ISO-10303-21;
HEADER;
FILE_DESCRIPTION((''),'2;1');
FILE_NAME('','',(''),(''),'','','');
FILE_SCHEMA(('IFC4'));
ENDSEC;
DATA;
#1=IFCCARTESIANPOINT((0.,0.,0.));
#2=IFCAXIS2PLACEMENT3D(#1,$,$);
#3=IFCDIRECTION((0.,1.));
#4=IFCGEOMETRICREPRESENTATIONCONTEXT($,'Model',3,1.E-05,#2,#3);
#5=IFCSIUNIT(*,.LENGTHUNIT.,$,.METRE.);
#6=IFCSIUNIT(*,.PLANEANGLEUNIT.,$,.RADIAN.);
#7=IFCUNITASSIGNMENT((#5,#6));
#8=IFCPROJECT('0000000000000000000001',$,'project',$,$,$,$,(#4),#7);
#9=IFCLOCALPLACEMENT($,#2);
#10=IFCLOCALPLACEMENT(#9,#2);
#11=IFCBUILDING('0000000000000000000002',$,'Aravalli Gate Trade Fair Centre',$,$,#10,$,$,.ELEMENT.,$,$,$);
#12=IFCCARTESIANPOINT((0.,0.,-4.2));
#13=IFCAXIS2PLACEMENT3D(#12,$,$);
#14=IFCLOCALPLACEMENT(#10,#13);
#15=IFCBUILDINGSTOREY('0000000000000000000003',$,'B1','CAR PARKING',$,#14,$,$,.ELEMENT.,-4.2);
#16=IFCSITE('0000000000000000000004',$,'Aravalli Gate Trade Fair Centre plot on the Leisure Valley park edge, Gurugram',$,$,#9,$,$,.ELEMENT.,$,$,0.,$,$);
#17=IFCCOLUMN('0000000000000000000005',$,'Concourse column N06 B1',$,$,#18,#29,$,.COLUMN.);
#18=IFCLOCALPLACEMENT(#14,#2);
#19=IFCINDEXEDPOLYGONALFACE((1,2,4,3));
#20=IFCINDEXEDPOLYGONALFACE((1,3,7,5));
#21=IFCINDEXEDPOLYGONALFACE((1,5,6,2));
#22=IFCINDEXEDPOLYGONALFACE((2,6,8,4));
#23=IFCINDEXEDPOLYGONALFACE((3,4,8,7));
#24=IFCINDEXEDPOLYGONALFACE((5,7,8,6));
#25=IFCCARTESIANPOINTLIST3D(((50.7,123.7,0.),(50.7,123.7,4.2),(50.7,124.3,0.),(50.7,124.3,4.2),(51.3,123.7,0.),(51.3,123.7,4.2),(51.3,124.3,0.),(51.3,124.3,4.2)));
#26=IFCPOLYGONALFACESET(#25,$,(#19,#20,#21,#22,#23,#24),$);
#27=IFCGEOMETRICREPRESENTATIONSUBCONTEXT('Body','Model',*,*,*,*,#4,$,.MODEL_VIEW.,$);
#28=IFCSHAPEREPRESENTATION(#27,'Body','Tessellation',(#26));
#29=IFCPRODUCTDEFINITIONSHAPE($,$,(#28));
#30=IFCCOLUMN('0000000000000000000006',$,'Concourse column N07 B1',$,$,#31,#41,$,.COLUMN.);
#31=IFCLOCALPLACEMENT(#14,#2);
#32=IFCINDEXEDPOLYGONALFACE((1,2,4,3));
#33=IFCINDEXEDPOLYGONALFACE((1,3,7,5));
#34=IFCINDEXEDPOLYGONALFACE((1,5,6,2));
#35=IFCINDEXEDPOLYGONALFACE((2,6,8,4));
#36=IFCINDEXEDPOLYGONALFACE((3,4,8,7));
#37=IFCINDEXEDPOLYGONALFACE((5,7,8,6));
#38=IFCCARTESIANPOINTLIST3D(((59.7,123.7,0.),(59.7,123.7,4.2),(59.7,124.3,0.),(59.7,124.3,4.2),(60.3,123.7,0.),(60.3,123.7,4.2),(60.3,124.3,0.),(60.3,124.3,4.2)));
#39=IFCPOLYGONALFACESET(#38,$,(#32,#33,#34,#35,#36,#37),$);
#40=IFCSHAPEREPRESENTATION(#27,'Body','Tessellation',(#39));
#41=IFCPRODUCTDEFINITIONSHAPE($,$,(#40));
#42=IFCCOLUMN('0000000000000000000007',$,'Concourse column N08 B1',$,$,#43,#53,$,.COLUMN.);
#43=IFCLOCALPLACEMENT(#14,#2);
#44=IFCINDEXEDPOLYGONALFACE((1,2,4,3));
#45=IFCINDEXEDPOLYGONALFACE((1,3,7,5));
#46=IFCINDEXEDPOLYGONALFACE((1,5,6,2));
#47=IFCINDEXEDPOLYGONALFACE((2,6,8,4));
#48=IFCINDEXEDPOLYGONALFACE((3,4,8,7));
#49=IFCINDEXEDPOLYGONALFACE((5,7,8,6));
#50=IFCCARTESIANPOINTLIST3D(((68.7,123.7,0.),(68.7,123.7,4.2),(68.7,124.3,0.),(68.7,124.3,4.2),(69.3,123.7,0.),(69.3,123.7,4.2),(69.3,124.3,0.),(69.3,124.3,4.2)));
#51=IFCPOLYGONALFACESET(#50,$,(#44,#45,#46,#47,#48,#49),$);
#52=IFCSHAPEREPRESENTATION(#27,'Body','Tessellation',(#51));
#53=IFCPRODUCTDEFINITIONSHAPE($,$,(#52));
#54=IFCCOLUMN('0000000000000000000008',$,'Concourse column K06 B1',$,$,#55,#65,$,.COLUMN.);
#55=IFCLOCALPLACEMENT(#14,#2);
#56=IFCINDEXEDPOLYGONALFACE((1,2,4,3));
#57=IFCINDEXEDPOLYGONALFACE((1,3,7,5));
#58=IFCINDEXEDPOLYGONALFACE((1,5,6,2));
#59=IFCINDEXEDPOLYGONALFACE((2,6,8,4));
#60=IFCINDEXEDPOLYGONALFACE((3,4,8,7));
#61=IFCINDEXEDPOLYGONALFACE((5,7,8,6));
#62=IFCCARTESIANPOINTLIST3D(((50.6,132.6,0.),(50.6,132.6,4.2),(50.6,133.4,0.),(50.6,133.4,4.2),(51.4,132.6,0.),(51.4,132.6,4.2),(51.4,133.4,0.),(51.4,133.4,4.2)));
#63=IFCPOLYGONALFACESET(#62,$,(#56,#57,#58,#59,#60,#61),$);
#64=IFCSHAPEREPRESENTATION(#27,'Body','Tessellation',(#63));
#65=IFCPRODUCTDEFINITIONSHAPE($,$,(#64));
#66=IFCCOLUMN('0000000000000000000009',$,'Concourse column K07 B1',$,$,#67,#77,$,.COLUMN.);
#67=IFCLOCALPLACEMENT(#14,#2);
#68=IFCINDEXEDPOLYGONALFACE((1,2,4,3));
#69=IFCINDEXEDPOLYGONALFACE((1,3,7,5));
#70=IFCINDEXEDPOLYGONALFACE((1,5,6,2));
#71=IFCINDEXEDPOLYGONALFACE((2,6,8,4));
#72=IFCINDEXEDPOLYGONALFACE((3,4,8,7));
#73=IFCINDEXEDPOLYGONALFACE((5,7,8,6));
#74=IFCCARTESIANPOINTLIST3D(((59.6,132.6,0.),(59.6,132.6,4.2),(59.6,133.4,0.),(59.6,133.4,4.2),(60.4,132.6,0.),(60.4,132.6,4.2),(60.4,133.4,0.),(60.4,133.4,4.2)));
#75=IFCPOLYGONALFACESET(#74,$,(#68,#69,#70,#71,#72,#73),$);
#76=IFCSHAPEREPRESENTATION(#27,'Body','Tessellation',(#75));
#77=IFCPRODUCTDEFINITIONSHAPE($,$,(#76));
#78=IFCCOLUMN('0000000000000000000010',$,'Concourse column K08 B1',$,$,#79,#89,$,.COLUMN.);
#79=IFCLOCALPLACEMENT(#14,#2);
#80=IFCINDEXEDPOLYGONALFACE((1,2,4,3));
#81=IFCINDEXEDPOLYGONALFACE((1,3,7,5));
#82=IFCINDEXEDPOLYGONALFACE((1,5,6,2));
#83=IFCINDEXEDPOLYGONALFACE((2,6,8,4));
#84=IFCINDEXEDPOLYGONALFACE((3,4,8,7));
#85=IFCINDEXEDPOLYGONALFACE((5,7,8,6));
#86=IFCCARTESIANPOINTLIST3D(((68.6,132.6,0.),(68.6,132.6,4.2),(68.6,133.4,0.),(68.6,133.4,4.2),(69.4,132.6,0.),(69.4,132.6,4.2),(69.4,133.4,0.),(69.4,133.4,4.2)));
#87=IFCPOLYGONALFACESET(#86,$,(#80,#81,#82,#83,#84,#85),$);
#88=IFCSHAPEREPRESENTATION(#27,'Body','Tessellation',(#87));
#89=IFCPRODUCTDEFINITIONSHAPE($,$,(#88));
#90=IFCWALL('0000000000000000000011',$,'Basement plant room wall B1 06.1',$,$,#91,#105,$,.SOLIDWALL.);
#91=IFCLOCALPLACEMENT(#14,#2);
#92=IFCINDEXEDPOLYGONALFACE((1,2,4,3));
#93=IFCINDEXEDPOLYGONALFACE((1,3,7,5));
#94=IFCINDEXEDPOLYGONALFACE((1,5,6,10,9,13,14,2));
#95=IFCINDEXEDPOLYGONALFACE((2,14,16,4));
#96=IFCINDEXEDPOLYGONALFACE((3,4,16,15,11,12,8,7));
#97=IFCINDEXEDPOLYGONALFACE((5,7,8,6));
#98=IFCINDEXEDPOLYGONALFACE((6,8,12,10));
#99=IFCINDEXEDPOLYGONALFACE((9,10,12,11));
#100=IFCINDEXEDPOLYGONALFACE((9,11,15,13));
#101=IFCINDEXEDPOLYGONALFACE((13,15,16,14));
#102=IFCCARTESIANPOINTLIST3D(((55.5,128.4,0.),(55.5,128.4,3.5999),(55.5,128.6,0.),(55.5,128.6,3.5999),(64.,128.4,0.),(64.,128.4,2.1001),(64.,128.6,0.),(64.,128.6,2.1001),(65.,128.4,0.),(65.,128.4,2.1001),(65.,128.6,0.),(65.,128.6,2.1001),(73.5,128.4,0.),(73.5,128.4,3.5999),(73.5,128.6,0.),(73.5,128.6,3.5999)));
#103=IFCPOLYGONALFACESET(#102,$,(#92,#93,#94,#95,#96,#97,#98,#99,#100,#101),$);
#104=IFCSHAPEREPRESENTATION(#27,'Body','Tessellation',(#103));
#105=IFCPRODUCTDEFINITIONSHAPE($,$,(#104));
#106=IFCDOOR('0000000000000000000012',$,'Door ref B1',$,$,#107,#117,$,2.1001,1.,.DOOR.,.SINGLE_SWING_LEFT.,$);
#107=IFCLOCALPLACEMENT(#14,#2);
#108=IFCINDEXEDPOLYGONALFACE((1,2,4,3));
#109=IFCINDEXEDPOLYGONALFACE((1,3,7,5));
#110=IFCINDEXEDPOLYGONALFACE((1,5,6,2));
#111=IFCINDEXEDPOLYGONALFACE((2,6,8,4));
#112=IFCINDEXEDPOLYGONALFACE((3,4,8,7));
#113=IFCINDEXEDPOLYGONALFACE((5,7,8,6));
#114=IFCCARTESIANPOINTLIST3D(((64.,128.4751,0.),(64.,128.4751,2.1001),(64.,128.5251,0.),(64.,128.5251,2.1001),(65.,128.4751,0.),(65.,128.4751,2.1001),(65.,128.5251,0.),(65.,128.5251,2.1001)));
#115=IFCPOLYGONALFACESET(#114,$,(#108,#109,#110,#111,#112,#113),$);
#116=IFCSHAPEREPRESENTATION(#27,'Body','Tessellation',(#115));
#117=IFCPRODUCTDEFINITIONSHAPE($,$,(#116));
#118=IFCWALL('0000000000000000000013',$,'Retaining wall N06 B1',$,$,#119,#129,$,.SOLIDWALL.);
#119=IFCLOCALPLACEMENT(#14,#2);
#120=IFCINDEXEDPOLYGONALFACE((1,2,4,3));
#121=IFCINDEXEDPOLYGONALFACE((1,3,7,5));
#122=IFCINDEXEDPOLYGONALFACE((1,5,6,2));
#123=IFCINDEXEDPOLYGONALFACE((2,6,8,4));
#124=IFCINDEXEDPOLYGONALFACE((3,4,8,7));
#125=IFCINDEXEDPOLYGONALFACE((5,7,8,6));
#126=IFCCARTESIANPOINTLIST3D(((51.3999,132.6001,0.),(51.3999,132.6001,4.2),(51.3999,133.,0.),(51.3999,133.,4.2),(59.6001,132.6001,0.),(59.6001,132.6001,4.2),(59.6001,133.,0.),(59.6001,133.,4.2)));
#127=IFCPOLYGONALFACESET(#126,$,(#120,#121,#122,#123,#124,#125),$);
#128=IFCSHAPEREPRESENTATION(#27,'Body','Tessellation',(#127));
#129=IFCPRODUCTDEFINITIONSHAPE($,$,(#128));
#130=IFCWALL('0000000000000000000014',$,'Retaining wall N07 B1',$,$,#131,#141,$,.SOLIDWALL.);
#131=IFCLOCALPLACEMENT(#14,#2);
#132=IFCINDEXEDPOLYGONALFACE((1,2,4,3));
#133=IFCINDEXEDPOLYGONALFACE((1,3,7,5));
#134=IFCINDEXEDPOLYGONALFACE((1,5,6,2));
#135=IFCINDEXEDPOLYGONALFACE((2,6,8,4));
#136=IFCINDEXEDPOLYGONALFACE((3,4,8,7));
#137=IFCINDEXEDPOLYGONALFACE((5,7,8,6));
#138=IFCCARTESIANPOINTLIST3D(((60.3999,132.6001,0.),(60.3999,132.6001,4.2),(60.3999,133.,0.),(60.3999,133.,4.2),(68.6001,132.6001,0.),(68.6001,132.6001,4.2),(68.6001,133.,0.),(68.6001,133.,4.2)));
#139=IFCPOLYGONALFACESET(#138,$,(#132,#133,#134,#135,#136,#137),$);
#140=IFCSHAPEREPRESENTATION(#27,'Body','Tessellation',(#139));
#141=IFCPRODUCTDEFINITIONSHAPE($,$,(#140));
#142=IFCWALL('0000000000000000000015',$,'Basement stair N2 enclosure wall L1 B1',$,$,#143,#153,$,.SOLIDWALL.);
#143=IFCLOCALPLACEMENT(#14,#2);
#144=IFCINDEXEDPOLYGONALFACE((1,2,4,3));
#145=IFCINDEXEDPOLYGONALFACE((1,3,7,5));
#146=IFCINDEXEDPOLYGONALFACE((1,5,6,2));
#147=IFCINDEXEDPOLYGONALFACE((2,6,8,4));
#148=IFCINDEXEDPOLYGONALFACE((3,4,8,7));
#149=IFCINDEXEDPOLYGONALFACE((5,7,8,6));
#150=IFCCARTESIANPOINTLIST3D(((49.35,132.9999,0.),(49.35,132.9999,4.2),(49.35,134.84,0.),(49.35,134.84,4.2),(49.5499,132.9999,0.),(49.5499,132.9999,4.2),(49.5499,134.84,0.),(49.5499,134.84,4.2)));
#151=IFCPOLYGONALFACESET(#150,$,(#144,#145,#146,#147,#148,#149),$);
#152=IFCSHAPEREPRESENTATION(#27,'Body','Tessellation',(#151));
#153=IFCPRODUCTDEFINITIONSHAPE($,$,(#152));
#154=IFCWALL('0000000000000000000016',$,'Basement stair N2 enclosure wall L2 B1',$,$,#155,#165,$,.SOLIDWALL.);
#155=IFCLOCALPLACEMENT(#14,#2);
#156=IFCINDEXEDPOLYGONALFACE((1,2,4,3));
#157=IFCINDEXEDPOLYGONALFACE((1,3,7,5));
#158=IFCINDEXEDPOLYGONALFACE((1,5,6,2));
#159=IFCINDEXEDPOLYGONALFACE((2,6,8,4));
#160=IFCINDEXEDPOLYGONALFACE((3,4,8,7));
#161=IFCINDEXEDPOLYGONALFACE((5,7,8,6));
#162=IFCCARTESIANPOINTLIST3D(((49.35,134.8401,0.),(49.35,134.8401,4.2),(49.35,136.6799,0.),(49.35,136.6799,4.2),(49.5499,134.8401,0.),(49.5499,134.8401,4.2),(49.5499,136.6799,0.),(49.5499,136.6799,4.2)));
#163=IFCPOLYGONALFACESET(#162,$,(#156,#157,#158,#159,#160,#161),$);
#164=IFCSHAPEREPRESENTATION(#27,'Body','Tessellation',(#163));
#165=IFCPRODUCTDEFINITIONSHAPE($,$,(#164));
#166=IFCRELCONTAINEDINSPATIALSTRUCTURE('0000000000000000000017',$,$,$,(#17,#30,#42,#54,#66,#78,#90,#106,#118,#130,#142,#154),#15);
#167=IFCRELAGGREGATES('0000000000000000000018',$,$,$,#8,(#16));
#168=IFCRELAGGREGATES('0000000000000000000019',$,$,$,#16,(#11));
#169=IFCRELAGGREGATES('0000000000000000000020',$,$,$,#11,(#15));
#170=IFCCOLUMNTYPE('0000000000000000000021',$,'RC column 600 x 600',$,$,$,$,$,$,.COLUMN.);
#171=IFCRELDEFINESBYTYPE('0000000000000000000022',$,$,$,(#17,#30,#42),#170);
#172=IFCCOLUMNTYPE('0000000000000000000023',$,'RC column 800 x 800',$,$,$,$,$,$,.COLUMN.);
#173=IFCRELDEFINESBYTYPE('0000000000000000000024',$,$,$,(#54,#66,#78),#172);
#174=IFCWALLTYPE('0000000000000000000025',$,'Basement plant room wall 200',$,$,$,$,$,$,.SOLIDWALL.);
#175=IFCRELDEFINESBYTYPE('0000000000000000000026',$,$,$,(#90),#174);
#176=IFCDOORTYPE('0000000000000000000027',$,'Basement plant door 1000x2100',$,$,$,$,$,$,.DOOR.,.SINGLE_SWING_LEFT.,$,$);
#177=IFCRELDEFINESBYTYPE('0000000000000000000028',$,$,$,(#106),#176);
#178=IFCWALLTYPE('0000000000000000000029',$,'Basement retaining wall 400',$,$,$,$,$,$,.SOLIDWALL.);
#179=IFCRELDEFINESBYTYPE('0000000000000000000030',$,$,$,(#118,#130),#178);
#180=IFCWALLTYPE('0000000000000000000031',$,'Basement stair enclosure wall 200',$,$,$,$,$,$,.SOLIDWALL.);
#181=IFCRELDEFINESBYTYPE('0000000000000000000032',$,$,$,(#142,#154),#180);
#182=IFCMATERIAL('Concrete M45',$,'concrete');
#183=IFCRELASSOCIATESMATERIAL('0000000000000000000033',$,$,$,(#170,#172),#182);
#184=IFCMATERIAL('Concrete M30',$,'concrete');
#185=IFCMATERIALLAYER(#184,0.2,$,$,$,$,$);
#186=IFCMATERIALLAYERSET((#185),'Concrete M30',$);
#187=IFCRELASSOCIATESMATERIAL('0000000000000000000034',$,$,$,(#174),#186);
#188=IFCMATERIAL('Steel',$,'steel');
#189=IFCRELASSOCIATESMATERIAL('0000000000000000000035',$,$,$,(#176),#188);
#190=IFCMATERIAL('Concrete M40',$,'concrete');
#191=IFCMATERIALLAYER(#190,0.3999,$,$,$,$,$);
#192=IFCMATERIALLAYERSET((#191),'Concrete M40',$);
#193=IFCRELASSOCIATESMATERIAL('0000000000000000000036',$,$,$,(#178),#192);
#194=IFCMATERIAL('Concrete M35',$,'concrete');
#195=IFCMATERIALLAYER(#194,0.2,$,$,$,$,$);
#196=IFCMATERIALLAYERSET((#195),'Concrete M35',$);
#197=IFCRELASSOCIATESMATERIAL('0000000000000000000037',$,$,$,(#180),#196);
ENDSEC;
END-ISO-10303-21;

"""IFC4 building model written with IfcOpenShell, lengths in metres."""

from ifc_helpers import new_model, si_unit, direction, frame, frame_2d, origin, origin_2d, place, context, subcontext, project, spatial, rectangle, extrude, material, layer, layer_set, material_profile, profile_set, type_object, element, fill, save


model = new_model("IFC4")

# Units and contexts
model_context = context("Model", 3, precision=1e-05, world=origin(), true_north=direction((0.0, 1.0)))
body_context = subcontext(model_context, "Body", "Model", "MODEL_VIEW")
ifc_project = project(units=[si_unit("LENGTHUNIT", "METRE"), si_unit("PLANEANGLEUNIT", "RADIAN")], contexts=[model_context])

# Site, building, storey
site_placement = place(None, origin())
site = spatial("IfcSite", under=ifc_project, at=site_placement, Name="Aravalli Gate Trade Fair Centre plot on the Leisure Valley park edge, Gurugram", CompositionType="ELEMENT", RefElevation=0.0)
building_placement = place(site_placement, origin())
building = spatial("IfcBuilding", under=site, at=building_placement, Name="Aravalli Gate Trade Fair Centre", CompositionType="ELEMENT")
storey_placement = place(building_placement, frame((0.0, 0.0, -4.2)))
storey = spatial("IfcBuildingStorey", under=building, at=storey_placement, Name="B1", Description="CAR PARKING", CompositionType="ELEMENT", Elevation=-4.2)

# Shared definitions
ifc_material_1 = material(Name="Concrete M35", Category="concrete")

# Columns
ifc_material_2 = material(Name="Concrete M45", Category="concrete")
ifc_material_profile_1 = material_profile(ifc_material_2, rectangle(XDim=0.6001, YDim=0.6001, at=origin_2d()), Name="RC column 600 x 600")
ifc_profile_set_1 = profile_set([ifc_material_profile_1], Name="Concrete M45")
column_type_1 = type_object("IfcColumnType", Name="RC column 600 x 600", PredefinedType="COLUMN", material=ifc_profile_set_1)
for number, where, z_axis, x_axis, name in (
    (1, (51.0, 124.0, 0.0), (0.0, 0.0, 1.0), (1.0, 0.0, 0.0), "Concourse column N06 B1"),
    (2, (60.0, 124.0, 0.0), (0.0, 0.0, 1.0), (1.0, 0.0, 0.0), "Concourse column N07 B1"),
    (3, (69.0, 124.0, 0.0), (0.0, 0.0, 1.0), (1.0, 0.0, 0.0), "Concourse column N08 B1"),
):
    element("IfcColumn", number, at=place(storey_placement, frame(where, z_axis=z_axis, x_axis=x_axis)), inside=storey, type_object=column_type_1, Name=name, PredefinedType="COLUMN", context=body_context, shape_type="SweptSolid", body=[
        extrude(rectangle(XDim=0.6001, YDim=0.6001, at=origin_2d()), origin(), (0.0, 0.0, 1.0), 4.2),
    ])
ifc_material_profile_2 = material_profile(ifc_material_2, rectangle(XDim=0.8, YDim=0.8, at=origin_2d()), Name="RC column 800 x 800")
ifc_profile_set_2 = profile_set([ifc_material_profile_2], Name="Concrete M45")
column_type_2 = type_object("IfcColumnType", Name="RC column 800 x 800", PredefinedType="COLUMN", material=ifc_profile_set_2)
for number, where, z_axis, x_axis, name in (
    (4, (51.0, 133.0, 0.0), (0.0, 0.0, 1.0), (1.0, 0.0, 0.0), "Concourse column K06 B1"),
    (5, (60.0, 133.0, 0.0), (0.0, 0.0, 1.0), (1.0, 0.0, 0.0), "Concourse column K07 B1"),
    (6, (69.0, 133.0, 0.0), (0.0, 0.0, 1.0), (1.0, 0.0, 0.0), "Concourse column K08 B1"),
):
    element("IfcColumn", number, at=place(storey_placement, frame(where, z_axis=z_axis, x_axis=x_axis)), inside=storey, type_object=column_type_2, Name=name, PredefinedType="COLUMN", context=body_context, shape_type="SweptSolid", body=[
        extrude(rectangle(XDim=0.8, YDim=0.8, at=origin_2d()), origin(), (0.0, 0.0, 1.0), 4.2),
    ])

# Wall, opening, door
ifc_material_3 = material(Name="Concrete M30", Category="concrete")
ifc_layer_1 = layer(ifc_material_3, 0.2)
ifc_layer_set_1 = layer_set([ifc_layer_1], Name="Concrete M30")
wall_type_1 = type_object("IfcWallType", Name="Basement plant room wall 200", PredefinedType="SOLIDWALL", material=ifc_layer_set_1)
wall_1_placement = place(storey_placement, frame((55.5, 128.5, 0.0), z_axis=(0.0, 0.0, 1.0), x_axis=(1.0, 0.0, 0.0)))
wall_1 = element("IfcWall", 7, at=wall_1_placement, inside=storey, type_object=wall_type_1, Name="Basement plant room wall B1 06.1", PredefinedType="SOLIDWALL", context=body_context, shape_type="SweptSolid", body=[
    extrude(rectangle(XDim=18.0, YDim=0.2, at=frame_2d((9.0, 0.0))), origin(), (0.0, 0.0, 1.0), 3.5999),
])
opening_placement = place(wall_1_placement, frame((8.5, 0.0, 0.0)))
opening = element("IfcOpeningElement", 8, at=opening_placement, cuts=wall_1, PredefinedType="OPENING", context=body_context, shape_type="SweptSolid", body=[
    extrude(rectangle(XDim=1.0, YDim=2.1001, at=frame_2d((0.5, 1.05))), frame((0.0, 0.1099, 0.0), z_axis=(0.0, -1.0, 0.0), x_axis=(1.0, 0.0, 0.0)), (0.0, 0.0, 1.0), 0.22),
])
ifc_material_4 = material(Name="Steel", Category="steel")
door_type = type_object("IfcDoorType", Name="Basement plant door 1000x2100", OperationType="SINGLE_SWING_LEFT", PredefinedType="DOOR", material=ifc_material_4)
door_placement = place(opening_placement, frame((1.0, 0.0, 0.0), z_axis=(0.0, 0.0, 1.0), x_axis=(-1.0, 0.0, 0.0)))
door = element("IfcDoor", 9, at=door_placement, inside=storey, type_object=door_type, Name="Door ref B1", OperationType="SINGLE_SWING_LEFT", OverallHeight=2.1001, OverallWidth=1.0, PredefinedType="DOOR", context=body_context, shape_type="SweptSolid", body=[
    extrude(rectangle(XDim=1.0, YDim=2.1001, at=frame_2d((0.5, 1.05))), frame((0.0, 0.0249, 0.0), z_axis=(0.0, -1.0, 0.0), x_axis=(1.0, 0.0, 0.0)), (0.0, 0.0, 1.0), 0.05),
])
fill(opening, door)

# Walls
ifc_material_5 = material(Name="Concrete M40", Category="concrete")
ifc_layer_2 = layer(ifc_material_5, 0.3999)
ifc_layer_set_2 = layer_set([ifc_layer_2], Name="Concrete M40")
wall_type_2 = type_object("IfcWallType", Name="Basement retaining wall 400", PredefinedType="SOLIDWALL", material=ifc_layer_set_2)
for number, where, z_axis, x_axis, name in (
    (10, (51.3999, 132.8, 0.0), (0.0, 0.0, 1.0), (1.0, 0.0, 0.0), "Retaining wall N06 B1"),
    (11, (60.3999, 132.8, 0.0), (0.0, 0.0, 1.0), (1.0, 0.0, 0.0), "Retaining wall N07 B1"),
):
    element("IfcWall", number, at=place(storey_placement, frame(where, z_axis=z_axis, x_axis=x_axis)), inside=storey, type_object=wall_type_2, Name=name, PredefinedType="SOLIDWALL", context=body_context, shape_type="SweptSolid", body=[
        extrude(rectangle(XDim=8.2002, YDim=0.3999, at=frame_2d((4.1001, 0.0))), origin(), (0.0, 0.0, 1.0), 4.2),
    ])
ifc_layer_3 = layer(ifc_material_1, 0.2)
ifc_layer_set_3 = layer_set([ifc_layer_3], Name="Concrete M35")
wall_type_3 = type_object("IfcWallType", Name="Basement stair enclosure wall 200", PredefinedType="SOLIDWALL", material=ifc_layer_set_3)
wall_2_placement = place(storey_placement, frame((49.45, 133.0, 0.0), z_axis=(0.0, 0.0, 1.0), x_axis=(0.0, 1.0, 0.0)))
element("IfcWall", 12, at=wall_2_placement, inside=storey, type_object=wall_type_3, Name="Basement stair N2 enclosure wall L1 B1", PredefinedType="SOLIDWALL", context=body_context, shape_type="SweptSolid", body=[
    extrude(rectangle(XDim=1.8401, YDim=0.2, at=frame_2d((0.9199, 0.0))), origin(), (0.0, 0.0, 1.0), 4.2),
])
wall_3_placement = place(storey_placement, frame((49.45, 134.8401, 0.0), z_axis=(0.0, 0.0, 1.0), x_axis=(0.0, 1.0, 0.0)))
element("IfcWall", 13, at=wall_3_placement, inside=storey, type_object=wall_type_3, Name="Basement stair N2 enclosure wall L2 B1", PredefinedType="SOLIDWALL", context=body_context, shape_type="SweptSolid", body=[
    extrude(rectangle(XDim=1.8398, YDim=0.2, at=frame_2d((0.9199, 0.0))), origin(), (0.0, 0.0, 1.0), 4.2),
])

save(model, "model.ifc")
